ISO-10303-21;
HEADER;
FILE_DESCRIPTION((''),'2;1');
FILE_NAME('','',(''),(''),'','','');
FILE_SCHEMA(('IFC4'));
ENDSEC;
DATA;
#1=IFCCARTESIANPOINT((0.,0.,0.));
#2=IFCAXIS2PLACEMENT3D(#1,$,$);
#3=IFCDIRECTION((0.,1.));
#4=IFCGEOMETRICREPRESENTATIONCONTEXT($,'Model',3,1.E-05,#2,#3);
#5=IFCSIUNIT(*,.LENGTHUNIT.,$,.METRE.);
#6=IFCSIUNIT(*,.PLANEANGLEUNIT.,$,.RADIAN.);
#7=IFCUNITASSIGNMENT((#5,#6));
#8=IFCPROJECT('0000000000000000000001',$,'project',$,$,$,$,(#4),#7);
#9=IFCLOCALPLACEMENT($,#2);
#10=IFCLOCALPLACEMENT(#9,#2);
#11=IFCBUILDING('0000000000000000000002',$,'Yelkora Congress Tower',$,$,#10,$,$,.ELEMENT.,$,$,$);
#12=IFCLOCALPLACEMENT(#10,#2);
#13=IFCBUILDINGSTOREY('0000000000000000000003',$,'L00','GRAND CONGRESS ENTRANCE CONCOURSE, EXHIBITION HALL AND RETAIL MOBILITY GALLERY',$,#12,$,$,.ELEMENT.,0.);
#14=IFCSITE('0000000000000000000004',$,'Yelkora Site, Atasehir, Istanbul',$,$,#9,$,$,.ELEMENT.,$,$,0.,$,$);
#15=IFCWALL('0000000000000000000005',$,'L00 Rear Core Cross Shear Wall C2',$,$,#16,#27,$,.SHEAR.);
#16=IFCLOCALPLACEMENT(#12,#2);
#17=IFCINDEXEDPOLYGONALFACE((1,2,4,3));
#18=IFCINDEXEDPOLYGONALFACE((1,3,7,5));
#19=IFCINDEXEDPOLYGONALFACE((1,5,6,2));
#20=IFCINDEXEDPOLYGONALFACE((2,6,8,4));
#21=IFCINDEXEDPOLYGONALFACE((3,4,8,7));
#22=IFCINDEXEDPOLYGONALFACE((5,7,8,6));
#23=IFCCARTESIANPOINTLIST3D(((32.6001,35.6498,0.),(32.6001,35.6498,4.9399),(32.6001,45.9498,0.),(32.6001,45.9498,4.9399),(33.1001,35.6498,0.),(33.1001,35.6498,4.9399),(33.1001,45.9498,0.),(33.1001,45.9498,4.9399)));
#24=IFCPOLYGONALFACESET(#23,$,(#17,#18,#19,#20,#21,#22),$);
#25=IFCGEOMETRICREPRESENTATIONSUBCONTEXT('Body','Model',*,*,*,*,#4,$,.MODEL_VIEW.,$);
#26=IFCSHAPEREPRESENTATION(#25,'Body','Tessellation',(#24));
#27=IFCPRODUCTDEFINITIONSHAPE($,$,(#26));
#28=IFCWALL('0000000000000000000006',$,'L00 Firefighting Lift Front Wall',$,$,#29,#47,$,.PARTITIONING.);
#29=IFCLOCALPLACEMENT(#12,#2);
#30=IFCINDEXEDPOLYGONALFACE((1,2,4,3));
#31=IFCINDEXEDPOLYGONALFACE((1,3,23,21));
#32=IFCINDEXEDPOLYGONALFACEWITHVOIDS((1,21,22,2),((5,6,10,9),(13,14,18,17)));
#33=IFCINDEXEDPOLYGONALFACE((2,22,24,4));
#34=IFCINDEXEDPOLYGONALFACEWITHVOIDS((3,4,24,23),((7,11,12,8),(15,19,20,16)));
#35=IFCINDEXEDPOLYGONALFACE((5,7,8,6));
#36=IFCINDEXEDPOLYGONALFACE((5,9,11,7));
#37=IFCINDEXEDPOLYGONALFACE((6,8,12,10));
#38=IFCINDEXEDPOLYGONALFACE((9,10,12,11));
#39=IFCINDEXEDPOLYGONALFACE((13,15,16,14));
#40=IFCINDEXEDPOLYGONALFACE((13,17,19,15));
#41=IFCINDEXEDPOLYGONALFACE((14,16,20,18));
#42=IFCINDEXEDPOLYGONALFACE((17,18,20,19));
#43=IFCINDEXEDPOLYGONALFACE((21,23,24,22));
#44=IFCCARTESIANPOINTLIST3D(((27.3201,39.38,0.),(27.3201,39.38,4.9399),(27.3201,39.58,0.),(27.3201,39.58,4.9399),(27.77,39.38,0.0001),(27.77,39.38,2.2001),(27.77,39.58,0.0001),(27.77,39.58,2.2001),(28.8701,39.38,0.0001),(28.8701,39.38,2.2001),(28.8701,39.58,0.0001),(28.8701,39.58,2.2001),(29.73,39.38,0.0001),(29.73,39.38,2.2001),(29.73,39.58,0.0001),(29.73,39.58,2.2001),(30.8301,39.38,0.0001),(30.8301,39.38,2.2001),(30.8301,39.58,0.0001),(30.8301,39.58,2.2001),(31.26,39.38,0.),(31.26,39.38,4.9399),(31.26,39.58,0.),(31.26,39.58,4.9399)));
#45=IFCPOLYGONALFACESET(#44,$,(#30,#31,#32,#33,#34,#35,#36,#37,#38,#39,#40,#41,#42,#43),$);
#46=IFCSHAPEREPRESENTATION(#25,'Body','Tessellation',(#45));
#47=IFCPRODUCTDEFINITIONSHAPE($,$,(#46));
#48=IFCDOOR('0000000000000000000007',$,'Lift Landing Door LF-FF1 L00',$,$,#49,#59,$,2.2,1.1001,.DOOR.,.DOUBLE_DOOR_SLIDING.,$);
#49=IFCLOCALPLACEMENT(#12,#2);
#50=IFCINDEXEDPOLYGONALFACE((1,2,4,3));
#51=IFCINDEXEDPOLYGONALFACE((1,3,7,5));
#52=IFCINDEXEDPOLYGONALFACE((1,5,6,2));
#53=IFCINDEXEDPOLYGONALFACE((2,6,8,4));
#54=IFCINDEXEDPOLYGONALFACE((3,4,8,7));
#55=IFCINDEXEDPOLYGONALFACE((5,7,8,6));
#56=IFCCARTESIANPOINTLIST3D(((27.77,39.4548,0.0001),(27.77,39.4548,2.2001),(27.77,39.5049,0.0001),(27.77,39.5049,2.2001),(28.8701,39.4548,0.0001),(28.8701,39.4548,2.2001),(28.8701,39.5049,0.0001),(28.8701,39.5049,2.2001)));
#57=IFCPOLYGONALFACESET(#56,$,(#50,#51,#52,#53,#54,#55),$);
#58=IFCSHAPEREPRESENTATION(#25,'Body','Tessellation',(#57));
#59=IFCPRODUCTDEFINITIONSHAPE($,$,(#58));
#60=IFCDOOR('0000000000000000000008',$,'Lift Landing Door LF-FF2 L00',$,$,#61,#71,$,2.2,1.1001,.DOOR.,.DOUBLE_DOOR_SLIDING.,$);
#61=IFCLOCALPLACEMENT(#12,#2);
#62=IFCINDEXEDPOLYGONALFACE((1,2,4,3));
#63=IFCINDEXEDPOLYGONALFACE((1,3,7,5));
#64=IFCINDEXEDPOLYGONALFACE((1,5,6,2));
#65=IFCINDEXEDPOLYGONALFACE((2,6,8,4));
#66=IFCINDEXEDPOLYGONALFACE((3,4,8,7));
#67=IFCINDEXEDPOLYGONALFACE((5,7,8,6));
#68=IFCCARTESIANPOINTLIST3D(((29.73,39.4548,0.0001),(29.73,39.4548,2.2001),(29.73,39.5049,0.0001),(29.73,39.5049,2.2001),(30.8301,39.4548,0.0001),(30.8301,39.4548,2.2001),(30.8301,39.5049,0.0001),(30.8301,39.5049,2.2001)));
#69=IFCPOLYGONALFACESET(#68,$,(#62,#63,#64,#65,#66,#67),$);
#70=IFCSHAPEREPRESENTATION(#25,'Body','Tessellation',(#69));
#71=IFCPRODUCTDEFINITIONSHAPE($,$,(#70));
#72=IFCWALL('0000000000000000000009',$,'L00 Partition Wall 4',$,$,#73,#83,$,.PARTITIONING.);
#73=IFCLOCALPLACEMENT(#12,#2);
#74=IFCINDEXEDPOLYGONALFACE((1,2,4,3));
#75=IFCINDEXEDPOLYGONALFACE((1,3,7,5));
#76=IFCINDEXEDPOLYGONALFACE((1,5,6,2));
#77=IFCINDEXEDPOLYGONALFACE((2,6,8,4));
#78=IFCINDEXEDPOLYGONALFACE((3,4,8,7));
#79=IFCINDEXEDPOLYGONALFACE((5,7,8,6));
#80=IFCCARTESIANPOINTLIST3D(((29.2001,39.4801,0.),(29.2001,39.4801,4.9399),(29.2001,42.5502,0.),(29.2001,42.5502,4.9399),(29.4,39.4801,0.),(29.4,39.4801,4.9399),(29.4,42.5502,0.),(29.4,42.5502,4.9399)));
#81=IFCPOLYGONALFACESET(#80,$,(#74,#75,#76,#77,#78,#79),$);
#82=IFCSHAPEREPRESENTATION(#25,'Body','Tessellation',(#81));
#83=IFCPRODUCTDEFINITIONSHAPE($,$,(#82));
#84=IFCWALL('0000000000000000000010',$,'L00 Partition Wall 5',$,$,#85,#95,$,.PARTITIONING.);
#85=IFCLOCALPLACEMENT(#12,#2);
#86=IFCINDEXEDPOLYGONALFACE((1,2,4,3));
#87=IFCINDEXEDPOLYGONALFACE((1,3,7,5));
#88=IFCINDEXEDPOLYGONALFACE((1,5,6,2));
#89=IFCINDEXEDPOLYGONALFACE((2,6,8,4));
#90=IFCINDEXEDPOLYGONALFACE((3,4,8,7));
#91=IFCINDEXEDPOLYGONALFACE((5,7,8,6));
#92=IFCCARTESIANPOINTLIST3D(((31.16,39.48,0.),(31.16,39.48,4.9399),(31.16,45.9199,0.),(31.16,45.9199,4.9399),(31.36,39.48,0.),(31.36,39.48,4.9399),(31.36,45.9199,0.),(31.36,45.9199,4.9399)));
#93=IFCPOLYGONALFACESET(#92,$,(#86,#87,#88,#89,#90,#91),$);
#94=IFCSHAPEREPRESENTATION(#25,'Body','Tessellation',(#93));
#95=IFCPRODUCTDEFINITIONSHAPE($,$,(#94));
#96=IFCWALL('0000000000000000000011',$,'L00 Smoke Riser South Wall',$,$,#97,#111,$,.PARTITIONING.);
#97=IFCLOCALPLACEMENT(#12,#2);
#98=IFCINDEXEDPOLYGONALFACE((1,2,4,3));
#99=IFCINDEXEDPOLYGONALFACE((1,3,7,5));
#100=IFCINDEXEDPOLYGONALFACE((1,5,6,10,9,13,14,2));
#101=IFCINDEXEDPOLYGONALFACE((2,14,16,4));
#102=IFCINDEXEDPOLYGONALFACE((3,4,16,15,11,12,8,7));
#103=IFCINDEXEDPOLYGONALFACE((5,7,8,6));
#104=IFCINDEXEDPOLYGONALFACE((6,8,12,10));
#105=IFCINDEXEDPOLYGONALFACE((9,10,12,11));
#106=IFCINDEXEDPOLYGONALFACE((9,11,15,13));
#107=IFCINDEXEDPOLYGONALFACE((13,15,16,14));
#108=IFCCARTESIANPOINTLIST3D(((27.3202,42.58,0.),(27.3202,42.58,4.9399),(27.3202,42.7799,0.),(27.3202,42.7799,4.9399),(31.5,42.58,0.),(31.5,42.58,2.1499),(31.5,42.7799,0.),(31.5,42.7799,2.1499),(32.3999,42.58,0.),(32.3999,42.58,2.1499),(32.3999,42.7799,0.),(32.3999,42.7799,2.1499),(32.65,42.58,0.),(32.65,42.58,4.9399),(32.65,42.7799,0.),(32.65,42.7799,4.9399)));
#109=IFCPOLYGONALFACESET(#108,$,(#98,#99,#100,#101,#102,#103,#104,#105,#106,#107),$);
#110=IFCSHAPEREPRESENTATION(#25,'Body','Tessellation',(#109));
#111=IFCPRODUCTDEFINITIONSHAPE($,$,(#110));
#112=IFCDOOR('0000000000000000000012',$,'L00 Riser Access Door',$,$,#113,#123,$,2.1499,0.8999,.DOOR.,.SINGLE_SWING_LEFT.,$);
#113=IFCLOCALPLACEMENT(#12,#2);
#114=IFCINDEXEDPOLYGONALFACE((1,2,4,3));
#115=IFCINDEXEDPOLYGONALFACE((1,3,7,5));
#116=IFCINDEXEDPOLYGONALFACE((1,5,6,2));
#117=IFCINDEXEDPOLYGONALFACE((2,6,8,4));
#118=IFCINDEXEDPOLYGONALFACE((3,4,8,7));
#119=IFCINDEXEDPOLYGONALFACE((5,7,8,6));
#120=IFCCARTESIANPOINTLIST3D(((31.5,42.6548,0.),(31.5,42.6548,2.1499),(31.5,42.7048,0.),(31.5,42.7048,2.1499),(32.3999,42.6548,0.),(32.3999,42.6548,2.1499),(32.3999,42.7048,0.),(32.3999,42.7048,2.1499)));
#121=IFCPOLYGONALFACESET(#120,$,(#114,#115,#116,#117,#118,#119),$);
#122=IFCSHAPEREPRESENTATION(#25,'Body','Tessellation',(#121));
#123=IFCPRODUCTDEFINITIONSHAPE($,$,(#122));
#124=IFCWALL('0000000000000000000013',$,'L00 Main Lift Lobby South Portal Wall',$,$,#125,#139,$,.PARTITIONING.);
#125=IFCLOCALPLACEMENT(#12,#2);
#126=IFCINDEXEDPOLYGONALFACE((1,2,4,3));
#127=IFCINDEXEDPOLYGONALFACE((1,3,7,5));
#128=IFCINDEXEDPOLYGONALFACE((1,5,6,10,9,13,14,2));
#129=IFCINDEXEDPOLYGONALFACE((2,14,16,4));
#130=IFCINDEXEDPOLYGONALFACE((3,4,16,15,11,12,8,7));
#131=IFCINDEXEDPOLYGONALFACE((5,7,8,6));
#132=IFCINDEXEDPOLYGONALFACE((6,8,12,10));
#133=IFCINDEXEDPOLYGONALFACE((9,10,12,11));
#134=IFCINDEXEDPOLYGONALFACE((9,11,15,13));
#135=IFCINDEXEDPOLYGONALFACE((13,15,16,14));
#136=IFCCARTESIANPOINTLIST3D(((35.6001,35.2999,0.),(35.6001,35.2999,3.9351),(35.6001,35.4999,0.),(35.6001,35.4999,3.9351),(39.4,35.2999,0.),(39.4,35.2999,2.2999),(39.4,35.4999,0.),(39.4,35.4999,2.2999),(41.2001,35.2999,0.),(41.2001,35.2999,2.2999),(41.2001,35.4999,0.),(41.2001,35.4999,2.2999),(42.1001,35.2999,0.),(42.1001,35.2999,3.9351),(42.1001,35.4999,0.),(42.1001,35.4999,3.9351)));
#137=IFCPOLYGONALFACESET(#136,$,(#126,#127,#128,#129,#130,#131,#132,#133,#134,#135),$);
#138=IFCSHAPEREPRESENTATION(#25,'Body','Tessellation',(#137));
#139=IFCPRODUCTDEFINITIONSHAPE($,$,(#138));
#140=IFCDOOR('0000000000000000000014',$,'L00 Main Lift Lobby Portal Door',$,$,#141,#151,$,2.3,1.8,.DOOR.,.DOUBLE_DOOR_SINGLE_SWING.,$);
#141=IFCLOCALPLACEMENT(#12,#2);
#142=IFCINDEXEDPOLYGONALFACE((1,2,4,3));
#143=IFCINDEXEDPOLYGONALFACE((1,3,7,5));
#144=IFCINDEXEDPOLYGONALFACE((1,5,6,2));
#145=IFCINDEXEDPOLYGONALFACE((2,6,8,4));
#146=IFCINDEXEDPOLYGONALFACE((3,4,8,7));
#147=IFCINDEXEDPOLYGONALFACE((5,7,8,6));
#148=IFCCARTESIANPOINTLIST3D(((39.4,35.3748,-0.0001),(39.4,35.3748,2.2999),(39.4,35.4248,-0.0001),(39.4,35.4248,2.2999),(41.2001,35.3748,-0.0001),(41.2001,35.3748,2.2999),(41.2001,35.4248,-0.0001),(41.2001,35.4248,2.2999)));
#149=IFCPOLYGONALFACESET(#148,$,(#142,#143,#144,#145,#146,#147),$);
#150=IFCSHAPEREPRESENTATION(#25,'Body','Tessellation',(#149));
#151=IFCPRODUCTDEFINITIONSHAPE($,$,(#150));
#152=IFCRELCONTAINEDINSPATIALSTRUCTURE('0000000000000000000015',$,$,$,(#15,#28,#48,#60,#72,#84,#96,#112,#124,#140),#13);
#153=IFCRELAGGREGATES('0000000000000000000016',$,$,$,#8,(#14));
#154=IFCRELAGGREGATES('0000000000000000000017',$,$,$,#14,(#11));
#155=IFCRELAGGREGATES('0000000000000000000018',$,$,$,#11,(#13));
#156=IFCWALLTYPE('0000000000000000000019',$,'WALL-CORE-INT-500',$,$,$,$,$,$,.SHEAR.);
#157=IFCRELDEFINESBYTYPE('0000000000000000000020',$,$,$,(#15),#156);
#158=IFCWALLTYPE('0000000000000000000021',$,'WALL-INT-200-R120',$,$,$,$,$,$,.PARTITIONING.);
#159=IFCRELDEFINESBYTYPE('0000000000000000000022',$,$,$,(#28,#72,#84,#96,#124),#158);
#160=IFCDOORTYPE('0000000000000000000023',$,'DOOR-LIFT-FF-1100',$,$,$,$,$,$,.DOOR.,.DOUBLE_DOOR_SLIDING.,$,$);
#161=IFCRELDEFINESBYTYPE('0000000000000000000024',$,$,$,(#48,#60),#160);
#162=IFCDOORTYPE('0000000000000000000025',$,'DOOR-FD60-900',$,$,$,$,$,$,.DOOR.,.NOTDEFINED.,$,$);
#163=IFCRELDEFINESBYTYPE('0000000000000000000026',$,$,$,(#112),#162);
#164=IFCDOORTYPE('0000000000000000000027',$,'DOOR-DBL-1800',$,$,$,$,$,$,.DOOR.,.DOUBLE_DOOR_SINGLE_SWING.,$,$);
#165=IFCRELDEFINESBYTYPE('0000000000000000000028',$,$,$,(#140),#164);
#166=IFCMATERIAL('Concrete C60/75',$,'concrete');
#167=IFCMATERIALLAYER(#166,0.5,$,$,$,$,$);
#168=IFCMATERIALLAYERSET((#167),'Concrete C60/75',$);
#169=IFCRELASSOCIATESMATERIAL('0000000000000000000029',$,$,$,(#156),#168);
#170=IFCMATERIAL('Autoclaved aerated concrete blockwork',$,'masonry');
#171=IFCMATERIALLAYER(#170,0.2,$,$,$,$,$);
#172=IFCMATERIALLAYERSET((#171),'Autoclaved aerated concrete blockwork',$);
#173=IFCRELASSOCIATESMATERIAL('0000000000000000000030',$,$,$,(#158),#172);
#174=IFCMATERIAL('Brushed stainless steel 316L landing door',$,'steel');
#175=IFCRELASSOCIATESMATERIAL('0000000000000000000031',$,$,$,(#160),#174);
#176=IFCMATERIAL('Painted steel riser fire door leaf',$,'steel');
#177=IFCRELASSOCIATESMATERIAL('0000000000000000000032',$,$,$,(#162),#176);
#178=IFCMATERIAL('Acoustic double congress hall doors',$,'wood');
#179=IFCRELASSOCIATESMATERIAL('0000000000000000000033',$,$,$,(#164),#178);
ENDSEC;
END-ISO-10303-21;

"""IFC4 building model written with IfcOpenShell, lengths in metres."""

from ifc_helpers import new_model, si_unit, direction, frame, frame_2d, origin, place, context, subcontext, project, spatial, rectangle, extrude, material, layer, layer_set, type_object, element, fill, save


model = new_model("IFC4")

# Units and contexts
model_context = context("Model", 3, precision=1e-05, world=origin(), true_north=direction((0.0, 1.0)))
body_context = subcontext(model_context, "Body", "Model", "MODEL_VIEW")
ifc_project = project(units=[si_unit("LENGTHUNIT", "METRE"), si_unit("PLANEANGLEUNIT", "RADIAN")], contexts=[model_context])

# Site, building, storey
site_placement = place(None, origin())
site = spatial("IfcSite", under=ifc_project, at=site_placement, Name="Yelkora Site, Atasehir, Istanbul", CompositionType="ELEMENT", RefElevation=0.0)
building_placement = place(site_placement, origin())
building = spatial("IfcBuilding", under=site, at=building_placement, Name="Yelkora Congress Tower", CompositionType="ELEMENT")
storey_placement = place(building_placement, origin())
storey = spatial("IfcBuildingStorey", under=building, at=storey_placement, Name="L00", Description="GRAND CONGRESS ENTRANCE CONCOURSE, EXHIBITION HALL AND RETAIL MOBILITY GALLERY", CompositionType="ELEMENT", Elevation=0.0)

# Shared definitions
ifc_material_1 = material(Name="Concrete C60/75", Category="concrete")

# Shared definitions
ifc_layer_1 = layer(ifc_material_1, 0.5)
ifc_layer_set_1 = layer_set([ifc_layer_1], Name="Concrete C60/75")
wall_type_1 = type_object("IfcWallType", Name="WALL-CORE-INT-500", PredefinedType="SHEAR", material=ifc_layer_set_1)

# Wall
wall_1_placement = place(storey_placement, frame((32.8501, 35.6499, 0.0), z_axis=(0.0, 0.0, 1.0), x_axis=(0.0, 1.0, 0.0)))
element("IfcWall", 1, at=wall_1_placement, inside=storey, type_object=wall_type_1, Name="L00 Rear Core Cross Shear Wall C2", PredefinedType="SHEAR", context=body_context, shape_type="SweptSolid", body=[
    extrude(rectangle(XDim=10.3, YDim=0.5, at=frame_2d((5.1499, 0.0))), origin(), (0.0, 0.0, 1.0), 4.9399),
])

# Wall, openings, doors
ifc_material_2 = material(Name="Autoclaved aerated concrete blockwork", Category="masonry")
ifc_layer_2 = layer(ifc_material_2, 0.2)
ifc_layer_set_2 = layer_set([ifc_layer_2], Name="Autoclaved aerated concrete blockwork")
wall_type_2 = type_object("IfcWallType", Name="WALL-INT-200-R120", PredefinedType="PARTITIONING", material=ifc_layer_set_2)
wall_2_placement = place(storey_placement, frame((27.3201, 39.48, 0.0), z_axis=(0.0, 0.0, 1.0), x_axis=(1.0, 0.0, 0.0)))
wall_2 = element("IfcWall", 2, at=wall_2_placement, inside=storey, type_object=wall_type_2, Name="L00 Firefighting Lift Front Wall", PredefinedType="PARTITIONING", context=body_context, shape_type="SweptSolid", body=[
    extrude(rectangle(XDim=3.9399, YDim=0.2, at=frame_2d((1.97, 0.0))), origin(), (0.0, 0.0, 1.0), 4.9399),
])
opening_1_placement = place(wall_2_placement, frame((0.45, 0.0, 0.0)))
opening_1 = element("IfcOpeningElement", 3, at=opening_1_placement, cuts=wall_2, PredefinedType="OPENING", context=body_context, shape_type="SweptSolid", body=[
    extrude(rectangle(XDim=1.1001, YDim=2.2, at=frame_2d((0.55, 1.1001))), frame((0.0, 0.1099, 0.0), z_axis=(0.0, -1.0, 0.0), x_axis=(1.0, 0.0, 0.0)), (0.0, 0.0, 1.0), 0.22),
])
opening_2_placement = place(wall_2_placement, frame((2.4099, 0.0, 0.0)))
opening_2 = element("IfcOpeningElement", 4, at=opening_2_placement, cuts=wall_2, PredefinedType="OPENING", context=body_context, shape_type="SweptSolid", body=[
    extrude(rectangle(XDim=1.1001, YDim=2.2, at=frame_2d((0.55, 1.1001))), frame((0.0, 0.1099, 0.0), z_axis=(0.0, -1.0, 0.0), x_axis=(1.0, 0.0, 0.0)), (0.0, 0.0, 1.0), 0.22),
])
ifc_material_3 = material(Name="Brushed stainless steel 316L landing door", Category="steel")
door_type_1 = type_object("IfcDoorType", Name="DOOR-LIFT-FF-1100", OperationType="DOUBLE_DOOR_SLIDING", PredefinedType="DOOR", material=ifc_material_3)
door_1_placement = place(opening_1_placement, origin())
door_1 = element("IfcDoor", 5, at=door_1_placement, inside=storey, type_object=door_type_1, Name="Lift Landing Door LF-FF1 L00", OperationType="DOUBLE_DOOR_SLIDING", OverallHeight=2.2, OverallWidth=1.1001, PredefinedType="DOOR", context=body_context, shape_type="SweptSolid", body=[
    extrude(rectangle(XDim=1.1001, YDim=2.2, at=frame_2d((0.55, 1.1001))), frame((0.0, 0.0249, 0.0), z_axis=(0.0, -1.0, 0.0), x_axis=(1.0, 0.0, 0.0)), (0.0, 0.0, 1.0), 0.05),
])
fill(opening_1, door_1)
door_2_placement = place(opening_2_placement, origin())
door_2 = element("IfcDoor", 6, at=door_2_placement, inside=storey, type_object=door_type_1, Name="Lift Landing Door LF-FF2 L00", OperationType="DOUBLE_DOOR_SLIDING", OverallHeight=2.2, OverallWidth=1.1001, PredefinedType="DOOR", context=body_context, shape_type="SweptSolid", body=[
    extrude(rectangle(XDim=1.1001, YDim=2.2, at=frame_2d((0.55, 1.1001))), frame((0.0, 0.0249, 0.0), z_axis=(0.0, -1.0, 0.0), x_axis=(1.0, 0.0, 0.0)), (0.0, 0.0, 1.0), 0.05),
])
fill(opening_2, door_2)

# Walls
wall_3_placement = place(storey_placement, frame((29.3, 39.48, 0.0), z_axis=(0.0, 0.0, 1.0), x_axis=(0.0, 1.0, 0.0)))
element("IfcWall", 7, at=wall_3_placement, inside=storey, type_object=wall_type_2, Name="L00 Partition Wall 4", PredefinedType="PARTITIONING", context=body_context, shape_type="SweptSolid", body=[
    extrude(rectangle(XDim=3.0701, YDim=0.2, at=frame_2d((1.5352, 0.0))), origin(), (0.0, 0.0, 1.0), 4.9399),
])
wall_4_placement = place(storey_placement, frame((31.26, 39.48, 0.0), z_axis=(0.0, 0.0, 1.0), x_axis=(0.0, 1.0, 0.0)))
element("IfcWall", 8, at=wall_4_placement, inside=storey, type_object=wall_type_2, Name="L00 Partition Wall 5", PredefinedType="PARTITIONING", context=body_context, shape_type="SweptSolid", body=[
    extrude(rectangle(XDim=6.4399, YDim=0.2, at=frame_2d((3.22, 0.0))), origin(), (0.0, 0.0, 1.0), 4.9399),
])

# Walls, openings, doors
wall_5_placement = place(storey_placement, frame((27.3201, 42.6799, 0.0), z_axis=(0.0, 0.0, 1.0), x_axis=(1.0, 0.0, 0.0)))
wall_5 = element("IfcWall", 9, at=wall_5_placement, inside=storey, type_object=wall_type_2, Name="L00 Smoke Riser South Wall", PredefinedType="PARTITIONING", context=body_context, shape_type="SweptSolid", body=[
    extrude(rectangle(XDim=5.3298, YDim=0.2, at=frame_2d((2.665, 0.0))), origin(), (0.0, 0.0, 1.0), 4.9399),
])
opening_3_placement = place(wall_5_placement, frame((4.1799, 0.0, 0.0)))
opening_3 = element("IfcOpeningElement", 10, at=opening_3_placement, cuts=wall_5, PredefinedType="OPENING", context=body_context, shape_type="SweptSolid", body=[
    extrude(rectangle(XDim=0.8999, YDim=2.1499, at=frame_2d((0.45, 1.075))), frame((0.0, 0.1099, 0.0), z_axis=(0.0, -1.0, 0.0), x_axis=(1.0, 0.0, 0.0)), (0.0, 0.0, 1.0), 0.22),
])
ifc_material_4 = material(Name="Painted steel riser fire door leaf", Category="steel")
door_type_2 = type_object("IfcDoorType", Name="DOOR-FD60-900", OperationType="NOTDEFINED", PredefinedType="DOOR", material=ifc_material_4)
door_3_placement = place(opening_3_placement, origin())
door_3 = element("IfcDoor", 11, at=door_3_placement, inside=storey, type_object=door_type_2, Name="L00 Riser Access Door", OperationType="SINGLE_SWING_LEFT", OverallHeight=2.1499, OverallWidth=0.8999, PredefinedType="DOOR", context=body_context, shape_type="SweptSolid", body=[
    extrude(rectangle(XDim=0.8999, YDim=2.1499, at=frame_2d((0.45, 1.075))), frame((0.0, 0.0249, 0.0), z_axis=(0.0, -1.0, 0.0), x_axis=(1.0, 0.0, 0.0)), (0.0, 0.0, 1.0), 0.05),
])
fill(opening_3, door_3)
wall_6_placement = place(storey_placement, frame((35.6001, 35.3999, 0.0), z_axis=(0.0, 0.0, 1.0), x_axis=(1.0, 0.0, 0.0)))
wall_6 = element("IfcWall", 12, at=wall_6_placement, inside=storey, type_object=wall_type_2, Name="L00 Main Lift Lobby South Portal Wall", PredefinedType="PARTITIONING", context=body_context, shape_type="SweptSolid", body=[
    extrude(rectangle(XDim=6.5, YDim=0.2, at=frame_2d((3.25, 0.0))), origin(), (0.0, 0.0, 1.0), 3.9351),
])
opening_4_placement = place(wall_6_placement, frame((3.8, 0.0, 0.0)))
opening_4 = element("IfcOpeningElement", 13, at=opening_4_placement, cuts=wall_6, PredefinedType="OPENING", context=body_context, shape_type="SweptSolid", body=[
    extrude(rectangle(XDim=1.8, YDim=2.3, at=frame_2d((0.8999, 1.1499))), frame((0.0, 0.1099, 0.0), z_axis=(0.0, -1.0, 0.0), x_axis=(1.0, 0.0, 0.0)), (0.0, 0.0, 1.0), 0.22),
])
ifc_material_5 = material(Name="Acoustic double congress hall doors", Category="wood")
door_type_3 = type_object("IfcDoorType", Name="DOOR-DBL-1800", OperationType="DOUBLE_DOOR_SINGLE_SWING", PredefinedType="DOOR", material=ifc_material_5)
door_4_placement = place(opening_4_placement, origin())
door_4 = element("IfcDoor", 14, at=door_4_placement, inside=storey, type_object=door_type_3, Name="L00 Main Lift Lobby Portal Door", OperationType="DOUBLE_DOOR_SINGLE_SWING", OverallHeight=2.3, OverallWidth=1.8, PredefinedType="DOOR", context=body_context, shape_type="SweptSolid", body=[
    extrude(rectangle(XDim=1.8, YDim=2.3, at=frame_2d((0.8999, 1.1499))), frame((0.0, 0.0249, 0.0), z_axis=(0.0, -1.0, 0.0), x_axis=(1.0, 0.0, 0.0)), (0.0, 0.0, 1.0), 0.05),
])
fill(opening_4, door_4)

save(model, "model.ifc")
